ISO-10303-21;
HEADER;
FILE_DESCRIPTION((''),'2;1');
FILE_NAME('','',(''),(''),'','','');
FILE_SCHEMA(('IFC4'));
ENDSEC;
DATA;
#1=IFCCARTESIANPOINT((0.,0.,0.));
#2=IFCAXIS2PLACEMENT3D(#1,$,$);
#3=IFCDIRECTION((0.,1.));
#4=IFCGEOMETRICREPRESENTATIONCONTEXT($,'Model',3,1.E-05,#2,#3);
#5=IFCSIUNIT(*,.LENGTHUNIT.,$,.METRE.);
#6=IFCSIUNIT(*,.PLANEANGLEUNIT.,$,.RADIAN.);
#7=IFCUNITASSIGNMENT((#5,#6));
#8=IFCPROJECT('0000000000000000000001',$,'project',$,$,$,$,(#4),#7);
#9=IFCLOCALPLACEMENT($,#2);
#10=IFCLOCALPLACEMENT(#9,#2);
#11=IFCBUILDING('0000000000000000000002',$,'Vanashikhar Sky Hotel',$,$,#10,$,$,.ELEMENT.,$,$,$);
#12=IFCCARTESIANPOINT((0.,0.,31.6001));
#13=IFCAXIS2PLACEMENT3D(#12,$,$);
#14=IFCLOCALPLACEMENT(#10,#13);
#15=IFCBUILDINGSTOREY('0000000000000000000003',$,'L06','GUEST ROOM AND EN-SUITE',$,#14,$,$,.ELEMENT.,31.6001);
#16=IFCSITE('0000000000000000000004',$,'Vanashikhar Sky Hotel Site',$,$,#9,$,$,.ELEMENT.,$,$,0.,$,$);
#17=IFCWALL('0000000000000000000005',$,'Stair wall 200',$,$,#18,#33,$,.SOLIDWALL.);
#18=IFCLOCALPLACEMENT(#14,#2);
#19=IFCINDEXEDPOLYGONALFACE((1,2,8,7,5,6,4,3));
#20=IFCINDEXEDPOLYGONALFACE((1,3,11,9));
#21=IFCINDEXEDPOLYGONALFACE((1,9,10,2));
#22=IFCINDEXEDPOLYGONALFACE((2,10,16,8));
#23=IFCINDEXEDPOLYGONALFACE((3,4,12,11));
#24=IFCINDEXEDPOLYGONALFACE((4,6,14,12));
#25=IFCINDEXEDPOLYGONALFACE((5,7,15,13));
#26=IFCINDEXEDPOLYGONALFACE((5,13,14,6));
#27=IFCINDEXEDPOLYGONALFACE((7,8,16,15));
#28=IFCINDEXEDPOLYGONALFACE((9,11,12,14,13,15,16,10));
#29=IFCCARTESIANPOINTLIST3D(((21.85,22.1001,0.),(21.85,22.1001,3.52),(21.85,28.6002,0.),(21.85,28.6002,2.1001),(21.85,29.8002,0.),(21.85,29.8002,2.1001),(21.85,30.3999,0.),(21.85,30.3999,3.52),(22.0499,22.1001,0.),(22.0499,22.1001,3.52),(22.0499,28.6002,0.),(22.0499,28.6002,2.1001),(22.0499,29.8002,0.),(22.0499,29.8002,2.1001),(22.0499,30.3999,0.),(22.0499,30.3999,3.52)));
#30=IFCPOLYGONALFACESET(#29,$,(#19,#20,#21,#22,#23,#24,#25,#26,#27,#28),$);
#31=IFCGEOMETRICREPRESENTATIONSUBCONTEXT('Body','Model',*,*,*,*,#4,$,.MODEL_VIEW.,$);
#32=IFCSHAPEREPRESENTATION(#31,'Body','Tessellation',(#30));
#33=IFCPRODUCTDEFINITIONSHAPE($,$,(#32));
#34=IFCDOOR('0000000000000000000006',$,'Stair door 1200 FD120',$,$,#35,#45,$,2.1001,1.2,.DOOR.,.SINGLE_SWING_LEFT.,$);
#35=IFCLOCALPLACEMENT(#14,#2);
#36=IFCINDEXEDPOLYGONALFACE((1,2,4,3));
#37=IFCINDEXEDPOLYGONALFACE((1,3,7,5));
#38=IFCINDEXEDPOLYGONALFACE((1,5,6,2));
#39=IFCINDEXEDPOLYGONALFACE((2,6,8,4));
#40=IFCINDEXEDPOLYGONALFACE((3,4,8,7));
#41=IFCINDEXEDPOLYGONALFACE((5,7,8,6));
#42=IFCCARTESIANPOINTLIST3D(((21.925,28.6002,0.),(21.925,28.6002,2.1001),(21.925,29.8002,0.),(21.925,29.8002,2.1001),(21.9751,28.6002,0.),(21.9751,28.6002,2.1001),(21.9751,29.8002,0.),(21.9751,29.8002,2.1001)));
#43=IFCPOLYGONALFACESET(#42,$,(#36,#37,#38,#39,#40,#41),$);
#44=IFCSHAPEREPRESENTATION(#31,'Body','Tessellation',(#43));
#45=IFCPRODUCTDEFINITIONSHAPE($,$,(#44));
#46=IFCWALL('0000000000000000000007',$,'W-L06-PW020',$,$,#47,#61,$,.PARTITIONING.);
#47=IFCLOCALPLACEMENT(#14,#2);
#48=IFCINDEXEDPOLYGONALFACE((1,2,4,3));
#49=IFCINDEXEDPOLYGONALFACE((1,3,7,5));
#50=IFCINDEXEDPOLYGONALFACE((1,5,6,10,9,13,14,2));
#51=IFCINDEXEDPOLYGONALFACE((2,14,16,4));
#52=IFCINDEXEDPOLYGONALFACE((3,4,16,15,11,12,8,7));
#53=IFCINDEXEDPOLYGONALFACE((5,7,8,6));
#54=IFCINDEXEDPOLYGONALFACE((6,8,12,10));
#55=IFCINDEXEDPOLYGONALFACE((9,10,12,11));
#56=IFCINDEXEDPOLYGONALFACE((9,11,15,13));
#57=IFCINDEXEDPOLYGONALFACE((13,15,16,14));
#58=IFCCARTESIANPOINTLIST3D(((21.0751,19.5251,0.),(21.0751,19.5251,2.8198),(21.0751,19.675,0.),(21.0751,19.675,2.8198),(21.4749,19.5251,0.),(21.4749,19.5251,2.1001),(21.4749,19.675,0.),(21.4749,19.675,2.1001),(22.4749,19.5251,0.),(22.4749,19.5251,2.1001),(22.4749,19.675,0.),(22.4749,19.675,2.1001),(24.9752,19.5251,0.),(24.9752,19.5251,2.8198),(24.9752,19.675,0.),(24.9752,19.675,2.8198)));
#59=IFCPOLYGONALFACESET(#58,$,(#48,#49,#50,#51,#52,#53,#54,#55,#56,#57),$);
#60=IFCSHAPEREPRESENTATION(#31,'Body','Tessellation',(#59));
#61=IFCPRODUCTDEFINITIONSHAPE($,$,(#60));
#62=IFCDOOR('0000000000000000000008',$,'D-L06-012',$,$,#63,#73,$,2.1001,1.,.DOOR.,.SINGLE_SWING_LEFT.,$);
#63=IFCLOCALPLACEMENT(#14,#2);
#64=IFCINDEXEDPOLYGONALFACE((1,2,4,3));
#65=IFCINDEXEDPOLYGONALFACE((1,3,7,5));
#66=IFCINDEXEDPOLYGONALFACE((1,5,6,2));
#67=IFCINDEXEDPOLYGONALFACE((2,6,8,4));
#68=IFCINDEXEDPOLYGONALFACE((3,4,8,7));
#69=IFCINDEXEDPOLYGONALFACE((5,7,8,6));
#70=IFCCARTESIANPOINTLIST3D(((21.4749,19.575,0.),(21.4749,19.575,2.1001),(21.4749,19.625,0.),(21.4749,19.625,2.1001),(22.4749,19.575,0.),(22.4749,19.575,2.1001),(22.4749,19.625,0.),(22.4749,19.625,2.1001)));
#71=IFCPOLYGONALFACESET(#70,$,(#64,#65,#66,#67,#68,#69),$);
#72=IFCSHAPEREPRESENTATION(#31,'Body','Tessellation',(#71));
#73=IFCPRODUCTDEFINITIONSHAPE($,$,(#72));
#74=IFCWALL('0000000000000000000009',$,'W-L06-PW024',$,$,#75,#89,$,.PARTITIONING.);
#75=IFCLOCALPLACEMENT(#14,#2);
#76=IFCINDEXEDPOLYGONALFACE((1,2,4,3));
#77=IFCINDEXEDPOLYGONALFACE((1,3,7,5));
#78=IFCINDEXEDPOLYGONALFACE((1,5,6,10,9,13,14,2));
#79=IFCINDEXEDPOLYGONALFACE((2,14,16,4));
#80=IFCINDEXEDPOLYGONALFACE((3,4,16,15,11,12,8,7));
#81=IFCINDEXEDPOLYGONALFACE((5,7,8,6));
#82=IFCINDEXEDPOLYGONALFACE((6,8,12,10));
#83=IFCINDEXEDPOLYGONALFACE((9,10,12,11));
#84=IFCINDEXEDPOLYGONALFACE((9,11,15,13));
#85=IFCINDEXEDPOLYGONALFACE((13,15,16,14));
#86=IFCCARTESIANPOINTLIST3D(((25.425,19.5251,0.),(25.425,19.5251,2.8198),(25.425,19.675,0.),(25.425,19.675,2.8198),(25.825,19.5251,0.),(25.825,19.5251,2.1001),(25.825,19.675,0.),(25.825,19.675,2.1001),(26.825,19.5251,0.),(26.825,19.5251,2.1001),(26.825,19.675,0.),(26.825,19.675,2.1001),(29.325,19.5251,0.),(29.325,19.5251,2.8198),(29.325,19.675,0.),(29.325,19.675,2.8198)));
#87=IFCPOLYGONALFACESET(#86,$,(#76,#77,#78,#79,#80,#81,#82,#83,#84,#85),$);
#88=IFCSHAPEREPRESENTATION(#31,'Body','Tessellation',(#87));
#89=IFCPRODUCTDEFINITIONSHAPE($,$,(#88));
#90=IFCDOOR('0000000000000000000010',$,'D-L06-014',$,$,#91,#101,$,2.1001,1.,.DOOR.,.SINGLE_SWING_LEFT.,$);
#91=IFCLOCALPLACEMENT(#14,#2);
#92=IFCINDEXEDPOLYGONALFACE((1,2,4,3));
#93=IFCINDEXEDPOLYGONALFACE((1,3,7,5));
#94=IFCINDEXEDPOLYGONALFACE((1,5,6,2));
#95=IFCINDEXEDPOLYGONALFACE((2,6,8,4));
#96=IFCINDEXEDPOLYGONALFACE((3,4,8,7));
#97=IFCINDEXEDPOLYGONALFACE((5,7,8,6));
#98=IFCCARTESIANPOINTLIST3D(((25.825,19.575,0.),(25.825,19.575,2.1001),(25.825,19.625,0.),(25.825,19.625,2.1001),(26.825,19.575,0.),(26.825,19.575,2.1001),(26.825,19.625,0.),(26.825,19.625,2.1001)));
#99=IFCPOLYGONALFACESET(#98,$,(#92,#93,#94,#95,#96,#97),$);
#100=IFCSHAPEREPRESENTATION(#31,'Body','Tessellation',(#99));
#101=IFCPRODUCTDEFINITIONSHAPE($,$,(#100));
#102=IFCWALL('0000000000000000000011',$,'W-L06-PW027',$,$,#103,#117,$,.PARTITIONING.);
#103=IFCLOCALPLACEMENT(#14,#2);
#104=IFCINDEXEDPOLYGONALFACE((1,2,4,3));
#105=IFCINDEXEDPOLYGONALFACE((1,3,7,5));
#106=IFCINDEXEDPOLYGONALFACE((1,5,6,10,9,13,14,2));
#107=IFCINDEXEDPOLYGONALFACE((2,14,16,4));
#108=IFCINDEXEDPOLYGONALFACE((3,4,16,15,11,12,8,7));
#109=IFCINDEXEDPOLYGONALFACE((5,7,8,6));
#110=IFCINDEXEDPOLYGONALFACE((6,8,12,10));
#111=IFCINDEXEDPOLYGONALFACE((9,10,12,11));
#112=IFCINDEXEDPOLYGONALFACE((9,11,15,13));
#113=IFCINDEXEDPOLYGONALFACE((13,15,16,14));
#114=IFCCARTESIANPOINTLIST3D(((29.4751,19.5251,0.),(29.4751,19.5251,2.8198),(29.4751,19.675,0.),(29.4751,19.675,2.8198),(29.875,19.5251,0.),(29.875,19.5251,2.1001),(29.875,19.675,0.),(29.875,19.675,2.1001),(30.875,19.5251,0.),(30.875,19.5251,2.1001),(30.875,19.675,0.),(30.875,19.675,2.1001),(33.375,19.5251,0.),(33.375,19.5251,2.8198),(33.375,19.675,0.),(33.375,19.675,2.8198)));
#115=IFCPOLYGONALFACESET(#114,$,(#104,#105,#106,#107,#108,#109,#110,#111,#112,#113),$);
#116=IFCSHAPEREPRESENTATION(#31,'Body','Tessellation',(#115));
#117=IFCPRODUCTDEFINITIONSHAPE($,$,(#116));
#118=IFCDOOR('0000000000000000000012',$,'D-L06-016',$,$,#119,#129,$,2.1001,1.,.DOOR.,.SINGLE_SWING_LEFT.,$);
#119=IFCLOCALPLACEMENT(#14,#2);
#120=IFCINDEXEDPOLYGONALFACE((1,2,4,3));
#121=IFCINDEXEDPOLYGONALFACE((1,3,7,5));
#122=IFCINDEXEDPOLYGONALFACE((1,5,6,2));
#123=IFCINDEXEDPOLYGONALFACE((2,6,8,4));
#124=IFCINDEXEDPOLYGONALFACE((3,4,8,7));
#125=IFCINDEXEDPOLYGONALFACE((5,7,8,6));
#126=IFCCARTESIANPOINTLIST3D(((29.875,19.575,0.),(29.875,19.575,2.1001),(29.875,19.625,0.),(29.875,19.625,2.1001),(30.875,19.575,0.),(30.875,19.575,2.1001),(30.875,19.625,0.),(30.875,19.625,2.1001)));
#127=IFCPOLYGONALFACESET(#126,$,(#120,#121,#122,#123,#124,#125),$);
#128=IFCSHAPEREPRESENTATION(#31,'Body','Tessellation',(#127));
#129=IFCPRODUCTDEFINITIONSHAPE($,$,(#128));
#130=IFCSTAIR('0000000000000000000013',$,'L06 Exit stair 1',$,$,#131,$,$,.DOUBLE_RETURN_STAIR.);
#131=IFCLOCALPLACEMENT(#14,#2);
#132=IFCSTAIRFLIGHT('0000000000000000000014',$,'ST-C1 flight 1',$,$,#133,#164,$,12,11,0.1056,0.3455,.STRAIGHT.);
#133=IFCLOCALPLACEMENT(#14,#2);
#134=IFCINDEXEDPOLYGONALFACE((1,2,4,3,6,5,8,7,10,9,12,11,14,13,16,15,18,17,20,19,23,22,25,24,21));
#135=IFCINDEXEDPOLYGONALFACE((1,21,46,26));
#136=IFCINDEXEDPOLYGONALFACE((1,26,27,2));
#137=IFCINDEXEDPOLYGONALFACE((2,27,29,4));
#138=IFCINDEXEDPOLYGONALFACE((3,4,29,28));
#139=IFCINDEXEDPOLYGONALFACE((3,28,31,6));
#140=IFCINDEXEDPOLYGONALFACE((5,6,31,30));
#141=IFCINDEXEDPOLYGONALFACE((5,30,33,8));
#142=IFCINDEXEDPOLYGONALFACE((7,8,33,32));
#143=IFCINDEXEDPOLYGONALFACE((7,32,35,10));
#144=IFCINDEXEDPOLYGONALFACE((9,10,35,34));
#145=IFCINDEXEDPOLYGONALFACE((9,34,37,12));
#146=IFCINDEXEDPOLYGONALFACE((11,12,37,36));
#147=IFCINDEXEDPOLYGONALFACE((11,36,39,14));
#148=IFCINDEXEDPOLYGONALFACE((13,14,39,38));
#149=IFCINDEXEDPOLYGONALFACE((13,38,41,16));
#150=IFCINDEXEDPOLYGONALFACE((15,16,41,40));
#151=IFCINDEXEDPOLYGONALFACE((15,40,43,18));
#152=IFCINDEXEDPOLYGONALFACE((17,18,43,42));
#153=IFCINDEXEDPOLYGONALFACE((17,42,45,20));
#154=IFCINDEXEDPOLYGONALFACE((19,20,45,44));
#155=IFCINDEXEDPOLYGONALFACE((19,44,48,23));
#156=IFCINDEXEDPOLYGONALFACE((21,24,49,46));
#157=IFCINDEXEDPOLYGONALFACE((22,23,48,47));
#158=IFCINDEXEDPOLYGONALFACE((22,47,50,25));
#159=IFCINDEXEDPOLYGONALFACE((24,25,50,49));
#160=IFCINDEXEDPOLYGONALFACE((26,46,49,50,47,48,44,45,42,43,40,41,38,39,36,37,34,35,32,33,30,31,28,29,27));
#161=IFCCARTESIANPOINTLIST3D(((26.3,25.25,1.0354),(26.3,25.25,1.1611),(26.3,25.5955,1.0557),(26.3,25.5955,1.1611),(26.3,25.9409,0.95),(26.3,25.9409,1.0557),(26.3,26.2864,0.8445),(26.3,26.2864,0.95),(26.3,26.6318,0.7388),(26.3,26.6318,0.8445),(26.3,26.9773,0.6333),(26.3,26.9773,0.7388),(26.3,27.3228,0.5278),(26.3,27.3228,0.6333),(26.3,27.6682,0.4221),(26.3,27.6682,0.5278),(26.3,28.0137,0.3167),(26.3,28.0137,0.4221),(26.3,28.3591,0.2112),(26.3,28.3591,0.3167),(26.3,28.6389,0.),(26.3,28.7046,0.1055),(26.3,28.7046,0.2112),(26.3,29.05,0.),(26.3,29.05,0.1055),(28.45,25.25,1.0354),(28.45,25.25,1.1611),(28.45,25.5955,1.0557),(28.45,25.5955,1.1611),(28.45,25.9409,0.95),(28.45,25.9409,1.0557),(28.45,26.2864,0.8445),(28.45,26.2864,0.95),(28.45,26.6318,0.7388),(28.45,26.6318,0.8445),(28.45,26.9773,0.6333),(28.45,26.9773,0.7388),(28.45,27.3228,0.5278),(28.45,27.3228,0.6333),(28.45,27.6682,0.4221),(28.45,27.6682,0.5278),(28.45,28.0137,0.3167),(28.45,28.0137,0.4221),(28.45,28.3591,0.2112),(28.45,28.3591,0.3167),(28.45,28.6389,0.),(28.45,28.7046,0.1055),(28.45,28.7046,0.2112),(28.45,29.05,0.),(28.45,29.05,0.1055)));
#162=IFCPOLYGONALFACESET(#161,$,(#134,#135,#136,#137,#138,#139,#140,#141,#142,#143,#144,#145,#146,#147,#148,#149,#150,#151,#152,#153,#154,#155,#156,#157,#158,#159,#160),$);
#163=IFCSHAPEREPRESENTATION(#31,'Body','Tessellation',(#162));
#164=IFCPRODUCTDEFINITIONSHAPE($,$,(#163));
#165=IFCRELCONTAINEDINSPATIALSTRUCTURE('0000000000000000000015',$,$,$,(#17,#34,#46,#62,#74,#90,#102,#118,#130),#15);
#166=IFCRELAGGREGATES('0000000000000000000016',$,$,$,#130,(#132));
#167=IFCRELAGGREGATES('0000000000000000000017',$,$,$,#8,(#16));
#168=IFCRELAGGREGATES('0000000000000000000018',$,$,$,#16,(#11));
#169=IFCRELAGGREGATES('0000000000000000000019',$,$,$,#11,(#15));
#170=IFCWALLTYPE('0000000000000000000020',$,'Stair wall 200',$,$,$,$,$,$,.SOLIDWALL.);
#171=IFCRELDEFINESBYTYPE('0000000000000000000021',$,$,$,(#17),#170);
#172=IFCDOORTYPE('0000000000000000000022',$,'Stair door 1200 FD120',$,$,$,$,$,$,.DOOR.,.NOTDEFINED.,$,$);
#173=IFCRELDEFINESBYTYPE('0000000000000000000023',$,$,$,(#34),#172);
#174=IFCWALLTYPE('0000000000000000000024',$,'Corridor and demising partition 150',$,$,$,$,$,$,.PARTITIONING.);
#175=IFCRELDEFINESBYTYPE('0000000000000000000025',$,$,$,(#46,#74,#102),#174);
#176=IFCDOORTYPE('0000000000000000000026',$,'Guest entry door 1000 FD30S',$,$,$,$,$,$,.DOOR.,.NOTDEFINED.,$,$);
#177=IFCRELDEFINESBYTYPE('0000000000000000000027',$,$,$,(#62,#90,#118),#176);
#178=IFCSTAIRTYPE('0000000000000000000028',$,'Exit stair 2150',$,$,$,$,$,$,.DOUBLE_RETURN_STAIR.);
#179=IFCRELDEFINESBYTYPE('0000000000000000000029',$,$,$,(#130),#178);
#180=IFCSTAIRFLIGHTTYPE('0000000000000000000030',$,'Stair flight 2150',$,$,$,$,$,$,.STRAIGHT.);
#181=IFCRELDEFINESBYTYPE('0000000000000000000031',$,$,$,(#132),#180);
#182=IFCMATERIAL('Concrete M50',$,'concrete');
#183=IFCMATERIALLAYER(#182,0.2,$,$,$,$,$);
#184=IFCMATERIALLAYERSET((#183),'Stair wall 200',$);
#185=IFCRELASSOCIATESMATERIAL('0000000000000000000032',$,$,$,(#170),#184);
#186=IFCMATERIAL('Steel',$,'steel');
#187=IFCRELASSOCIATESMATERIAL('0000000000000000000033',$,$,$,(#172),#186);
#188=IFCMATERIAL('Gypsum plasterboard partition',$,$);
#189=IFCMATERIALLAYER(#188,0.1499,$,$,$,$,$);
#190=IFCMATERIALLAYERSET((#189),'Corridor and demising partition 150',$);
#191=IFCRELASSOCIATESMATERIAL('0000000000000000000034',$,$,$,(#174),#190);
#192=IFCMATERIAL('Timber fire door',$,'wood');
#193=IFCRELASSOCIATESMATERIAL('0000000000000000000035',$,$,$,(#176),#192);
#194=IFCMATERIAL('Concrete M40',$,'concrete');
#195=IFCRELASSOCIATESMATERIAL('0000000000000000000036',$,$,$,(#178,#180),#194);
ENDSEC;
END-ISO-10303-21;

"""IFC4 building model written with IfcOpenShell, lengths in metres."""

from ifc_helpers import new_model, si_unit, direction, frame, frame_2d, origin, place, context, subcontext, project, spatial, polyline, rectangle, outline, extrude, source, transform, mapped, material, layer, layer_set, type_object, element, fill, aggregate, save


model = new_model("IFC4")

# Units and contexts
model_context = context("Model", 3, precision=1e-05, world=origin(), true_north=direction((0.0, 1.0)))
body_context = subcontext(model_context, "Body", "Model", "MODEL_VIEW")
ifc_project = project(units=[si_unit("LENGTHUNIT", "METRE"), si_unit("PLANEANGLEUNIT", "RADIAN")], contexts=[model_context])

# Site, building, storey
site_placement = place(None, origin())
site = spatial("IfcSite", under=ifc_project, at=site_placement, Name="Vanashikhar Sky Hotel Site", CompositionType="ELEMENT", RefElevation=0.0)
building_placement = place(site_placement, origin())
building = spatial("IfcBuilding", under=site, at=building_placement, Name="Vanashikhar Sky Hotel", CompositionType="ELEMENT")
storey_placement = place(building_placement, frame((0.0, 0.0, 31.6001)))
storey = spatial("IfcBuildingStorey", under=building, at=storey_placement, Name="L06", Description="GUEST ROOM AND EN-SUITE", CompositionType="ELEMENT", Elevation=31.6001)

# Shared definitions
ifc_material_1 = material(Name="Steel", Category="steel")

# Walls, openings, doors
ifc_material_2 = material(Name="Concrete M50", Category="concrete")
ifc_layer_1 = layer(ifc_material_2, 0.2)
ifc_layer_set_1 = layer_set([ifc_layer_1], Name="Stair wall 200")
wall_type_1 = type_object("IfcWallType", Name="Stair wall 200", PredefinedType="SOLIDWALL", material=ifc_layer_set_1)
shared_shape_1 = source(origin(), body_context, "Body", "SweptSolid", [
    extrude(rectangle(XDim=8.2998, YDim=0.2, at=frame_2d((4.1499, 0.0))), origin(), (0.0, 0.0, 1.0), 3.52),
])
wall_1_placement = place(storey_placement, frame((21.95, 22.1001, 0.0), z_axis=(0.0, 0.0, 1.0), x_axis=(0.0, 1.0, 0.0)))
wall_1 = element("IfcWall", 1, at=wall_1_placement, inside=storey, type_object=wall_type_1, Name="Stair wall 200", PredefinedType="SOLIDWALL", context=body_context, shape_type="MappedRepresentation", body=[
    mapped(shared_shape_1, transform((0.0, 0.0, 0.0), scale=1.0)),
])
shared_shape_2 = source(origin(), body_context, "Body", "SweptSolid", [
    extrude(rectangle(XDim=1.2, YDim=2.1001, at=frame_2d((0.6001, 1.05))), frame((0.0, 0.1099, 0.0), z_axis=(0.0, -1.0, 0.0), x_axis=(1.0, 0.0, 0.0)), (0.0, 0.0, 1.0), 0.22),
])
opening_1_placement = place(wall_1_placement, frame((6.5, 0.0, 0.0)))
opening_1 = element("IfcOpeningElement", 2, at=opening_1_placement, cuts=wall_1, PredefinedType="OPENING", context=body_context, shape_type="MappedRepresentation", body=[
    mapped(shared_shape_2, transform((0.0, 0.0, 0.0), scale=1.0)),
])
door_type_1 = type_object("IfcDoorType", Name="Stair door 1200 FD120", OperationType="NOTDEFINED", PredefinedType="DOOR", material=ifc_material_1)
shared_shape_3 = source(origin(), body_context, "Body", "SweptSolid", [
    extrude(rectangle(XDim=1.2, YDim=2.1001, at=frame_2d((0.6001, 1.05))), frame((0.0, 0.0249, 0.0), z_axis=(0.0, -1.0, 0.0), x_axis=(1.0, 0.0, 0.0)), (0.0, 0.0, 1.0), 0.05),
])
door_1_placement = place(opening_1_placement, origin())
door_1 = element("IfcDoor", 3, at=door_1_placement, inside=storey, type_object=door_type_1, Name="Stair door 1200 FD120", OperationType="SINGLE_SWING_LEFT", OverallHeight=2.1001, OverallWidth=1.2, PredefinedType="DOOR", context=body_context, shape_type="MappedRepresentation", body=[
    mapped(shared_shape_3, transform((0.0, 0.0, 0.0), scale=1.0)),
])
fill(opening_1, door_1)
ifc_material_3 = material(Name="Gypsum plasterboard partition")
ifc_layer_2 = layer(ifc_material_3, 0.1499)
ifc_layer_set_2 = layer_set([ifc_layer_2], Name="Corridor and demising partition 150")
wall_type_2 = type_object("IfcWallType", Name="Corridor and demising partition 150", PredefinedType="PARTITIONING", material=ifc_layer_set_2)
shared_shape_4 = source(origin(), body_context, "Body", "SweptSolid", [
    extrude(rectangle(XDim=3.9001, YDim=0.1499, at=frame_2d((1.9502, 0.0))), origin(), (0.0, 0.0, 1.0), 2.8198),
])
wall_2_placement = place(storey_placement, frame((21.075, 19.6001, 0.0), z_axis=(0.0, 0.0, 1.0), x_axis=(1.0, 0.0, 0.0)))
wall_2 = element("IfcWall", 4, at=wall_2_placement, inside=storey, type_object=wall_type_2, Name="W-L06-PW020", PredefinedType="PARTITIONING", context=body_context, shape_type="MappedRepresentation", body=[
    mapped(shared_shape_4, transform((0.0, 0.0, 0.0), scale=1.0)),
])
shared_shape_5 = source(origin(), body_context, "Body", "SweptSolid", [
    extrude(rectangle(XDim=1.0, YDim=2.1001, at=frame_2d((0.5, 1.05))), frame((0.0, 0.085, 0.0), z_axis=(0.0, -1.0, 0.0), x_axis=(1.0, 0.0, 0.0)), (0.0, 0.0, 1.0), 0.1699),
])
opening_2_placement = place(wall_2_placement, frame((0.3999, 0.0, 0.0)))
opening_2 = element("IfcOpeningElement", 5, at=opening_2_placement, cuts=wall_2, PredefinedType="OPENING", context=body_context, shape_type="MappedRepresentation", body=[
    mapped(shared_shape_5, transform((0.0, 0.0, 0.0), scale=1.0)),
])
ifc_material_4 = material(Name="Timber fire door", Category="wood")
door_type_2 = type_object("IfcDoorType", Name="Guest entry door 1000 FD30S", OperationType="NOTDEFINED", PredefinedType="DOOR", material=ifc_material_4)
shared_shape_6 = source(origin(), body_context, "Body", "SweptSolid", [
    extrude(rectangle(XDim=1.0, YDim=2.1001, at=frame_2d((0.5, 1.05))), frame((0.0, 0.0249, 0.0), z_axis=(0.0, -1.0, 0.0), x_axis=(1.0, 0.0, 0.0)), (0.0, 0.0, 1.0), 0.05),
])
door_2_placement = place(opening_2_placement, origin())
door_2 = element("IfcDoor", 6, at=door_2_placement, inside=storey, type_object=door_type_2, Name="D-L06-012", OperationType="SINGLE_SWING_LEFT", OverallHeight=2.1001, OverallWidth=1.0, PredefinedType="DOOR", context=body_context, shape_type="MappedRepresentation", body=[
    mapped(shared_shape_6, transform((0.0, 0.0, 0.0), scale=1.0)),
])
fill(opening_2, door_2)
shared_shape_7 = source(origin(), body_context, "Body", "SweptSolid", [
    extrude(rectangle(XDim=3.8999, YDim=0.1499, at=frame_2d((1.95, 0.0))), origin(), (0.0, 0.0, 1.0), 2.8198),
])
wall_3_placement = place(storey_placement, frame((25.425, 19.6001, 0.0), z_axis=(0.0, 0.0, 1.0), x_axis=(1.0, 0.0, 0.0)))
wall_3 = element("IfcWall", 7, at=wall_3_placement, inside=storey, type_object=wall_type_2, Name="W-L06-PW024", PredefinedType="PARTITIONING", context=body_context, shape_type="MappedRepresentation", body=[
    mapped(shared_shape_7, transform((0.0, 0.0, 0.0), scale=1.0)),
])
opening_3_placement = place(wall_3_placement, frame((0.3999, 0.0, 0.0)))
opening_3 = element("IfcOpeningElement", 8, at=opening_3_placement, cuts=wall_3, PredefinedType="OPENING", context=body_context, shape_type="MappedRepresentation", body=[
    mapped(shared_shape_5, transform((0.0, 0.0, 0.0), scale=1.0)),
])
door_3_placement = place(opening_3_placement, origin())
door_3 = element("IfcDoor", 9, at=door_3_placement, inside=storey, type_object=door_type_2, Name="D-L06-014", OperationType="SINGLE_SWING_LEFT", OverallHeight=2.1001, OverallWidth=1.0, PredefinedType="DOOR", context=body_context, shape_type="MappedRepresentation", body=[
    mapped(shared_shape_6, transform((0.0, 0.0, 0.0), scale=1.0)),
])
fill(opening_3, door_3)
wall_4_placement = place(storey_placement, frame((29.4751, 19.6001, 0.0), z_axis=(0.0, 0.0, 1.0), x_axis=(1.0, 0.0, 0.0)))
wall_4 = element("IfcWall", 10, at=wall_4_placement, inside=storey, type_object=wall_type_2, Name="W-L06-PW027", PredefinedType="PARTITIONING", context=body_context, shape_type="MappedRepresentation", body=[
    mapped(shared_shape_7, transform((0.0, 0.0, 0.0), scale=1.0)),
])
opening_4_placement = place(wall_4_placement, frame((0.3999, 0.0, 0.0)))
opening_4 = element("IfcOpeningElement", 11, at=opening_4_placement, cuts=wall_4, PredefinedType="OPENING", context=body_context, shape_type="MappedRepresentation", body=[
    mapped(shared_shape_5, transform((0.0, 0.0, 0.0), scale=1.0)),
])
door_4_placement = place(opening_4_placement, origin())
door_4 = element("IfcDoor", 12, at=door_4_placement, inside=storey, type_object=door_type_2, Name="D-L06-016", OperationType="SINGLE_SWING_LEFT", OverallHeight=2.1001, OverallWidth=1.0, PredefinedType="DOOR", context=body_context, shape_type="MappedRepresentation", body=[
    mapped(shared_shape_6, transform((0.0, 0.0, 0.0), scale=1.0)),
])
fill(opening_4, door_4)

# Stair, stair flight
ifc_material_5 = material(Name="Concrete M40", Category="concrete")
stair_type = type_object("IfcStairType", Name="Exit stair 2150", PredefinedType="DOUBLE_RETURN_STAIR", material=ifc_material_5)
stair_1_placement = place(storey_placement, origin())
stair_1 = element("IfcStair", 13, at=stair_1_placement, inside=storey, type_object=stair_type, Name="L06 Exit stair 1", PredefinedType="DOUBLE_RETURN_STAIR")
stair_flight_type = type_object("IfcStairFlightType", Name="Stair flight 2150", PredefinedType="STRAIGHT", material=ifc_material_5)
shared_shape_8 = source(origin(), body_context, "Body", "SweptSolid", [
    extrude(outline(polyline([(0.0, 0.0), (0.0, 0.1055), (0.3455, 0.1055), (0.3455, 0.2112), (0.6909, 0.2112), (0.6909, 0.3167), (1.0364, 0.3167), (1.0364, 0.4221), (1.3818, 0.4221), (1.3818, 0.5278), (1.7273, 0.5278), (1.7273, 0.6333), (2.0728, 0.6333), (2.0728, 0.7388), (2.4182, 0.7388), (2.4182, 0.8445), (2.7637, 0.8445), (2.7637, 0.95), (3.1091, 0.95), (3.1091, 1.0557), (3.4546, 1.0557), (3.4546, 1.1611), (3.8, 1.1611), (3.8, 1.2666), (3.8, 1.0354), (0.4111, 0.0), (0.0, 0.0)])), frame((0.0, 1.075, 0.0), z_axis=(0.0, -1.0, 0.0), x_axis=(1.0, 0.0, 0.0)), (0.0, 0.0, 1.0), 2.1499),
])
stair_flight_1_placement = place(storey_placement, frame((27.375, 29.05, 0.0), z_axis=(0.0, 0.0, 1.0), x_axis=(0.0, -1.0, 0.0)))
stair_flight_1 = element("IfcStairFlight", 14, at=stair_flight_1_placement, type_object=stair_flight_type, Name="ST-C1 flight 1", NumberOfRisers=12, NumberOfTreads=11, PredefinedType="STRAIGHT", RiserHeight=0.1056, TreadLength=0.3455, context=body_context, shape_type="MappedRepresentation", body=[
    mapped(shared_shape_8, transform((0.0, 0.0, 0.0), scale=1.0)),
])
aggregate(stair_1, [stair_flight_1])

save(model, "model.ifc")
